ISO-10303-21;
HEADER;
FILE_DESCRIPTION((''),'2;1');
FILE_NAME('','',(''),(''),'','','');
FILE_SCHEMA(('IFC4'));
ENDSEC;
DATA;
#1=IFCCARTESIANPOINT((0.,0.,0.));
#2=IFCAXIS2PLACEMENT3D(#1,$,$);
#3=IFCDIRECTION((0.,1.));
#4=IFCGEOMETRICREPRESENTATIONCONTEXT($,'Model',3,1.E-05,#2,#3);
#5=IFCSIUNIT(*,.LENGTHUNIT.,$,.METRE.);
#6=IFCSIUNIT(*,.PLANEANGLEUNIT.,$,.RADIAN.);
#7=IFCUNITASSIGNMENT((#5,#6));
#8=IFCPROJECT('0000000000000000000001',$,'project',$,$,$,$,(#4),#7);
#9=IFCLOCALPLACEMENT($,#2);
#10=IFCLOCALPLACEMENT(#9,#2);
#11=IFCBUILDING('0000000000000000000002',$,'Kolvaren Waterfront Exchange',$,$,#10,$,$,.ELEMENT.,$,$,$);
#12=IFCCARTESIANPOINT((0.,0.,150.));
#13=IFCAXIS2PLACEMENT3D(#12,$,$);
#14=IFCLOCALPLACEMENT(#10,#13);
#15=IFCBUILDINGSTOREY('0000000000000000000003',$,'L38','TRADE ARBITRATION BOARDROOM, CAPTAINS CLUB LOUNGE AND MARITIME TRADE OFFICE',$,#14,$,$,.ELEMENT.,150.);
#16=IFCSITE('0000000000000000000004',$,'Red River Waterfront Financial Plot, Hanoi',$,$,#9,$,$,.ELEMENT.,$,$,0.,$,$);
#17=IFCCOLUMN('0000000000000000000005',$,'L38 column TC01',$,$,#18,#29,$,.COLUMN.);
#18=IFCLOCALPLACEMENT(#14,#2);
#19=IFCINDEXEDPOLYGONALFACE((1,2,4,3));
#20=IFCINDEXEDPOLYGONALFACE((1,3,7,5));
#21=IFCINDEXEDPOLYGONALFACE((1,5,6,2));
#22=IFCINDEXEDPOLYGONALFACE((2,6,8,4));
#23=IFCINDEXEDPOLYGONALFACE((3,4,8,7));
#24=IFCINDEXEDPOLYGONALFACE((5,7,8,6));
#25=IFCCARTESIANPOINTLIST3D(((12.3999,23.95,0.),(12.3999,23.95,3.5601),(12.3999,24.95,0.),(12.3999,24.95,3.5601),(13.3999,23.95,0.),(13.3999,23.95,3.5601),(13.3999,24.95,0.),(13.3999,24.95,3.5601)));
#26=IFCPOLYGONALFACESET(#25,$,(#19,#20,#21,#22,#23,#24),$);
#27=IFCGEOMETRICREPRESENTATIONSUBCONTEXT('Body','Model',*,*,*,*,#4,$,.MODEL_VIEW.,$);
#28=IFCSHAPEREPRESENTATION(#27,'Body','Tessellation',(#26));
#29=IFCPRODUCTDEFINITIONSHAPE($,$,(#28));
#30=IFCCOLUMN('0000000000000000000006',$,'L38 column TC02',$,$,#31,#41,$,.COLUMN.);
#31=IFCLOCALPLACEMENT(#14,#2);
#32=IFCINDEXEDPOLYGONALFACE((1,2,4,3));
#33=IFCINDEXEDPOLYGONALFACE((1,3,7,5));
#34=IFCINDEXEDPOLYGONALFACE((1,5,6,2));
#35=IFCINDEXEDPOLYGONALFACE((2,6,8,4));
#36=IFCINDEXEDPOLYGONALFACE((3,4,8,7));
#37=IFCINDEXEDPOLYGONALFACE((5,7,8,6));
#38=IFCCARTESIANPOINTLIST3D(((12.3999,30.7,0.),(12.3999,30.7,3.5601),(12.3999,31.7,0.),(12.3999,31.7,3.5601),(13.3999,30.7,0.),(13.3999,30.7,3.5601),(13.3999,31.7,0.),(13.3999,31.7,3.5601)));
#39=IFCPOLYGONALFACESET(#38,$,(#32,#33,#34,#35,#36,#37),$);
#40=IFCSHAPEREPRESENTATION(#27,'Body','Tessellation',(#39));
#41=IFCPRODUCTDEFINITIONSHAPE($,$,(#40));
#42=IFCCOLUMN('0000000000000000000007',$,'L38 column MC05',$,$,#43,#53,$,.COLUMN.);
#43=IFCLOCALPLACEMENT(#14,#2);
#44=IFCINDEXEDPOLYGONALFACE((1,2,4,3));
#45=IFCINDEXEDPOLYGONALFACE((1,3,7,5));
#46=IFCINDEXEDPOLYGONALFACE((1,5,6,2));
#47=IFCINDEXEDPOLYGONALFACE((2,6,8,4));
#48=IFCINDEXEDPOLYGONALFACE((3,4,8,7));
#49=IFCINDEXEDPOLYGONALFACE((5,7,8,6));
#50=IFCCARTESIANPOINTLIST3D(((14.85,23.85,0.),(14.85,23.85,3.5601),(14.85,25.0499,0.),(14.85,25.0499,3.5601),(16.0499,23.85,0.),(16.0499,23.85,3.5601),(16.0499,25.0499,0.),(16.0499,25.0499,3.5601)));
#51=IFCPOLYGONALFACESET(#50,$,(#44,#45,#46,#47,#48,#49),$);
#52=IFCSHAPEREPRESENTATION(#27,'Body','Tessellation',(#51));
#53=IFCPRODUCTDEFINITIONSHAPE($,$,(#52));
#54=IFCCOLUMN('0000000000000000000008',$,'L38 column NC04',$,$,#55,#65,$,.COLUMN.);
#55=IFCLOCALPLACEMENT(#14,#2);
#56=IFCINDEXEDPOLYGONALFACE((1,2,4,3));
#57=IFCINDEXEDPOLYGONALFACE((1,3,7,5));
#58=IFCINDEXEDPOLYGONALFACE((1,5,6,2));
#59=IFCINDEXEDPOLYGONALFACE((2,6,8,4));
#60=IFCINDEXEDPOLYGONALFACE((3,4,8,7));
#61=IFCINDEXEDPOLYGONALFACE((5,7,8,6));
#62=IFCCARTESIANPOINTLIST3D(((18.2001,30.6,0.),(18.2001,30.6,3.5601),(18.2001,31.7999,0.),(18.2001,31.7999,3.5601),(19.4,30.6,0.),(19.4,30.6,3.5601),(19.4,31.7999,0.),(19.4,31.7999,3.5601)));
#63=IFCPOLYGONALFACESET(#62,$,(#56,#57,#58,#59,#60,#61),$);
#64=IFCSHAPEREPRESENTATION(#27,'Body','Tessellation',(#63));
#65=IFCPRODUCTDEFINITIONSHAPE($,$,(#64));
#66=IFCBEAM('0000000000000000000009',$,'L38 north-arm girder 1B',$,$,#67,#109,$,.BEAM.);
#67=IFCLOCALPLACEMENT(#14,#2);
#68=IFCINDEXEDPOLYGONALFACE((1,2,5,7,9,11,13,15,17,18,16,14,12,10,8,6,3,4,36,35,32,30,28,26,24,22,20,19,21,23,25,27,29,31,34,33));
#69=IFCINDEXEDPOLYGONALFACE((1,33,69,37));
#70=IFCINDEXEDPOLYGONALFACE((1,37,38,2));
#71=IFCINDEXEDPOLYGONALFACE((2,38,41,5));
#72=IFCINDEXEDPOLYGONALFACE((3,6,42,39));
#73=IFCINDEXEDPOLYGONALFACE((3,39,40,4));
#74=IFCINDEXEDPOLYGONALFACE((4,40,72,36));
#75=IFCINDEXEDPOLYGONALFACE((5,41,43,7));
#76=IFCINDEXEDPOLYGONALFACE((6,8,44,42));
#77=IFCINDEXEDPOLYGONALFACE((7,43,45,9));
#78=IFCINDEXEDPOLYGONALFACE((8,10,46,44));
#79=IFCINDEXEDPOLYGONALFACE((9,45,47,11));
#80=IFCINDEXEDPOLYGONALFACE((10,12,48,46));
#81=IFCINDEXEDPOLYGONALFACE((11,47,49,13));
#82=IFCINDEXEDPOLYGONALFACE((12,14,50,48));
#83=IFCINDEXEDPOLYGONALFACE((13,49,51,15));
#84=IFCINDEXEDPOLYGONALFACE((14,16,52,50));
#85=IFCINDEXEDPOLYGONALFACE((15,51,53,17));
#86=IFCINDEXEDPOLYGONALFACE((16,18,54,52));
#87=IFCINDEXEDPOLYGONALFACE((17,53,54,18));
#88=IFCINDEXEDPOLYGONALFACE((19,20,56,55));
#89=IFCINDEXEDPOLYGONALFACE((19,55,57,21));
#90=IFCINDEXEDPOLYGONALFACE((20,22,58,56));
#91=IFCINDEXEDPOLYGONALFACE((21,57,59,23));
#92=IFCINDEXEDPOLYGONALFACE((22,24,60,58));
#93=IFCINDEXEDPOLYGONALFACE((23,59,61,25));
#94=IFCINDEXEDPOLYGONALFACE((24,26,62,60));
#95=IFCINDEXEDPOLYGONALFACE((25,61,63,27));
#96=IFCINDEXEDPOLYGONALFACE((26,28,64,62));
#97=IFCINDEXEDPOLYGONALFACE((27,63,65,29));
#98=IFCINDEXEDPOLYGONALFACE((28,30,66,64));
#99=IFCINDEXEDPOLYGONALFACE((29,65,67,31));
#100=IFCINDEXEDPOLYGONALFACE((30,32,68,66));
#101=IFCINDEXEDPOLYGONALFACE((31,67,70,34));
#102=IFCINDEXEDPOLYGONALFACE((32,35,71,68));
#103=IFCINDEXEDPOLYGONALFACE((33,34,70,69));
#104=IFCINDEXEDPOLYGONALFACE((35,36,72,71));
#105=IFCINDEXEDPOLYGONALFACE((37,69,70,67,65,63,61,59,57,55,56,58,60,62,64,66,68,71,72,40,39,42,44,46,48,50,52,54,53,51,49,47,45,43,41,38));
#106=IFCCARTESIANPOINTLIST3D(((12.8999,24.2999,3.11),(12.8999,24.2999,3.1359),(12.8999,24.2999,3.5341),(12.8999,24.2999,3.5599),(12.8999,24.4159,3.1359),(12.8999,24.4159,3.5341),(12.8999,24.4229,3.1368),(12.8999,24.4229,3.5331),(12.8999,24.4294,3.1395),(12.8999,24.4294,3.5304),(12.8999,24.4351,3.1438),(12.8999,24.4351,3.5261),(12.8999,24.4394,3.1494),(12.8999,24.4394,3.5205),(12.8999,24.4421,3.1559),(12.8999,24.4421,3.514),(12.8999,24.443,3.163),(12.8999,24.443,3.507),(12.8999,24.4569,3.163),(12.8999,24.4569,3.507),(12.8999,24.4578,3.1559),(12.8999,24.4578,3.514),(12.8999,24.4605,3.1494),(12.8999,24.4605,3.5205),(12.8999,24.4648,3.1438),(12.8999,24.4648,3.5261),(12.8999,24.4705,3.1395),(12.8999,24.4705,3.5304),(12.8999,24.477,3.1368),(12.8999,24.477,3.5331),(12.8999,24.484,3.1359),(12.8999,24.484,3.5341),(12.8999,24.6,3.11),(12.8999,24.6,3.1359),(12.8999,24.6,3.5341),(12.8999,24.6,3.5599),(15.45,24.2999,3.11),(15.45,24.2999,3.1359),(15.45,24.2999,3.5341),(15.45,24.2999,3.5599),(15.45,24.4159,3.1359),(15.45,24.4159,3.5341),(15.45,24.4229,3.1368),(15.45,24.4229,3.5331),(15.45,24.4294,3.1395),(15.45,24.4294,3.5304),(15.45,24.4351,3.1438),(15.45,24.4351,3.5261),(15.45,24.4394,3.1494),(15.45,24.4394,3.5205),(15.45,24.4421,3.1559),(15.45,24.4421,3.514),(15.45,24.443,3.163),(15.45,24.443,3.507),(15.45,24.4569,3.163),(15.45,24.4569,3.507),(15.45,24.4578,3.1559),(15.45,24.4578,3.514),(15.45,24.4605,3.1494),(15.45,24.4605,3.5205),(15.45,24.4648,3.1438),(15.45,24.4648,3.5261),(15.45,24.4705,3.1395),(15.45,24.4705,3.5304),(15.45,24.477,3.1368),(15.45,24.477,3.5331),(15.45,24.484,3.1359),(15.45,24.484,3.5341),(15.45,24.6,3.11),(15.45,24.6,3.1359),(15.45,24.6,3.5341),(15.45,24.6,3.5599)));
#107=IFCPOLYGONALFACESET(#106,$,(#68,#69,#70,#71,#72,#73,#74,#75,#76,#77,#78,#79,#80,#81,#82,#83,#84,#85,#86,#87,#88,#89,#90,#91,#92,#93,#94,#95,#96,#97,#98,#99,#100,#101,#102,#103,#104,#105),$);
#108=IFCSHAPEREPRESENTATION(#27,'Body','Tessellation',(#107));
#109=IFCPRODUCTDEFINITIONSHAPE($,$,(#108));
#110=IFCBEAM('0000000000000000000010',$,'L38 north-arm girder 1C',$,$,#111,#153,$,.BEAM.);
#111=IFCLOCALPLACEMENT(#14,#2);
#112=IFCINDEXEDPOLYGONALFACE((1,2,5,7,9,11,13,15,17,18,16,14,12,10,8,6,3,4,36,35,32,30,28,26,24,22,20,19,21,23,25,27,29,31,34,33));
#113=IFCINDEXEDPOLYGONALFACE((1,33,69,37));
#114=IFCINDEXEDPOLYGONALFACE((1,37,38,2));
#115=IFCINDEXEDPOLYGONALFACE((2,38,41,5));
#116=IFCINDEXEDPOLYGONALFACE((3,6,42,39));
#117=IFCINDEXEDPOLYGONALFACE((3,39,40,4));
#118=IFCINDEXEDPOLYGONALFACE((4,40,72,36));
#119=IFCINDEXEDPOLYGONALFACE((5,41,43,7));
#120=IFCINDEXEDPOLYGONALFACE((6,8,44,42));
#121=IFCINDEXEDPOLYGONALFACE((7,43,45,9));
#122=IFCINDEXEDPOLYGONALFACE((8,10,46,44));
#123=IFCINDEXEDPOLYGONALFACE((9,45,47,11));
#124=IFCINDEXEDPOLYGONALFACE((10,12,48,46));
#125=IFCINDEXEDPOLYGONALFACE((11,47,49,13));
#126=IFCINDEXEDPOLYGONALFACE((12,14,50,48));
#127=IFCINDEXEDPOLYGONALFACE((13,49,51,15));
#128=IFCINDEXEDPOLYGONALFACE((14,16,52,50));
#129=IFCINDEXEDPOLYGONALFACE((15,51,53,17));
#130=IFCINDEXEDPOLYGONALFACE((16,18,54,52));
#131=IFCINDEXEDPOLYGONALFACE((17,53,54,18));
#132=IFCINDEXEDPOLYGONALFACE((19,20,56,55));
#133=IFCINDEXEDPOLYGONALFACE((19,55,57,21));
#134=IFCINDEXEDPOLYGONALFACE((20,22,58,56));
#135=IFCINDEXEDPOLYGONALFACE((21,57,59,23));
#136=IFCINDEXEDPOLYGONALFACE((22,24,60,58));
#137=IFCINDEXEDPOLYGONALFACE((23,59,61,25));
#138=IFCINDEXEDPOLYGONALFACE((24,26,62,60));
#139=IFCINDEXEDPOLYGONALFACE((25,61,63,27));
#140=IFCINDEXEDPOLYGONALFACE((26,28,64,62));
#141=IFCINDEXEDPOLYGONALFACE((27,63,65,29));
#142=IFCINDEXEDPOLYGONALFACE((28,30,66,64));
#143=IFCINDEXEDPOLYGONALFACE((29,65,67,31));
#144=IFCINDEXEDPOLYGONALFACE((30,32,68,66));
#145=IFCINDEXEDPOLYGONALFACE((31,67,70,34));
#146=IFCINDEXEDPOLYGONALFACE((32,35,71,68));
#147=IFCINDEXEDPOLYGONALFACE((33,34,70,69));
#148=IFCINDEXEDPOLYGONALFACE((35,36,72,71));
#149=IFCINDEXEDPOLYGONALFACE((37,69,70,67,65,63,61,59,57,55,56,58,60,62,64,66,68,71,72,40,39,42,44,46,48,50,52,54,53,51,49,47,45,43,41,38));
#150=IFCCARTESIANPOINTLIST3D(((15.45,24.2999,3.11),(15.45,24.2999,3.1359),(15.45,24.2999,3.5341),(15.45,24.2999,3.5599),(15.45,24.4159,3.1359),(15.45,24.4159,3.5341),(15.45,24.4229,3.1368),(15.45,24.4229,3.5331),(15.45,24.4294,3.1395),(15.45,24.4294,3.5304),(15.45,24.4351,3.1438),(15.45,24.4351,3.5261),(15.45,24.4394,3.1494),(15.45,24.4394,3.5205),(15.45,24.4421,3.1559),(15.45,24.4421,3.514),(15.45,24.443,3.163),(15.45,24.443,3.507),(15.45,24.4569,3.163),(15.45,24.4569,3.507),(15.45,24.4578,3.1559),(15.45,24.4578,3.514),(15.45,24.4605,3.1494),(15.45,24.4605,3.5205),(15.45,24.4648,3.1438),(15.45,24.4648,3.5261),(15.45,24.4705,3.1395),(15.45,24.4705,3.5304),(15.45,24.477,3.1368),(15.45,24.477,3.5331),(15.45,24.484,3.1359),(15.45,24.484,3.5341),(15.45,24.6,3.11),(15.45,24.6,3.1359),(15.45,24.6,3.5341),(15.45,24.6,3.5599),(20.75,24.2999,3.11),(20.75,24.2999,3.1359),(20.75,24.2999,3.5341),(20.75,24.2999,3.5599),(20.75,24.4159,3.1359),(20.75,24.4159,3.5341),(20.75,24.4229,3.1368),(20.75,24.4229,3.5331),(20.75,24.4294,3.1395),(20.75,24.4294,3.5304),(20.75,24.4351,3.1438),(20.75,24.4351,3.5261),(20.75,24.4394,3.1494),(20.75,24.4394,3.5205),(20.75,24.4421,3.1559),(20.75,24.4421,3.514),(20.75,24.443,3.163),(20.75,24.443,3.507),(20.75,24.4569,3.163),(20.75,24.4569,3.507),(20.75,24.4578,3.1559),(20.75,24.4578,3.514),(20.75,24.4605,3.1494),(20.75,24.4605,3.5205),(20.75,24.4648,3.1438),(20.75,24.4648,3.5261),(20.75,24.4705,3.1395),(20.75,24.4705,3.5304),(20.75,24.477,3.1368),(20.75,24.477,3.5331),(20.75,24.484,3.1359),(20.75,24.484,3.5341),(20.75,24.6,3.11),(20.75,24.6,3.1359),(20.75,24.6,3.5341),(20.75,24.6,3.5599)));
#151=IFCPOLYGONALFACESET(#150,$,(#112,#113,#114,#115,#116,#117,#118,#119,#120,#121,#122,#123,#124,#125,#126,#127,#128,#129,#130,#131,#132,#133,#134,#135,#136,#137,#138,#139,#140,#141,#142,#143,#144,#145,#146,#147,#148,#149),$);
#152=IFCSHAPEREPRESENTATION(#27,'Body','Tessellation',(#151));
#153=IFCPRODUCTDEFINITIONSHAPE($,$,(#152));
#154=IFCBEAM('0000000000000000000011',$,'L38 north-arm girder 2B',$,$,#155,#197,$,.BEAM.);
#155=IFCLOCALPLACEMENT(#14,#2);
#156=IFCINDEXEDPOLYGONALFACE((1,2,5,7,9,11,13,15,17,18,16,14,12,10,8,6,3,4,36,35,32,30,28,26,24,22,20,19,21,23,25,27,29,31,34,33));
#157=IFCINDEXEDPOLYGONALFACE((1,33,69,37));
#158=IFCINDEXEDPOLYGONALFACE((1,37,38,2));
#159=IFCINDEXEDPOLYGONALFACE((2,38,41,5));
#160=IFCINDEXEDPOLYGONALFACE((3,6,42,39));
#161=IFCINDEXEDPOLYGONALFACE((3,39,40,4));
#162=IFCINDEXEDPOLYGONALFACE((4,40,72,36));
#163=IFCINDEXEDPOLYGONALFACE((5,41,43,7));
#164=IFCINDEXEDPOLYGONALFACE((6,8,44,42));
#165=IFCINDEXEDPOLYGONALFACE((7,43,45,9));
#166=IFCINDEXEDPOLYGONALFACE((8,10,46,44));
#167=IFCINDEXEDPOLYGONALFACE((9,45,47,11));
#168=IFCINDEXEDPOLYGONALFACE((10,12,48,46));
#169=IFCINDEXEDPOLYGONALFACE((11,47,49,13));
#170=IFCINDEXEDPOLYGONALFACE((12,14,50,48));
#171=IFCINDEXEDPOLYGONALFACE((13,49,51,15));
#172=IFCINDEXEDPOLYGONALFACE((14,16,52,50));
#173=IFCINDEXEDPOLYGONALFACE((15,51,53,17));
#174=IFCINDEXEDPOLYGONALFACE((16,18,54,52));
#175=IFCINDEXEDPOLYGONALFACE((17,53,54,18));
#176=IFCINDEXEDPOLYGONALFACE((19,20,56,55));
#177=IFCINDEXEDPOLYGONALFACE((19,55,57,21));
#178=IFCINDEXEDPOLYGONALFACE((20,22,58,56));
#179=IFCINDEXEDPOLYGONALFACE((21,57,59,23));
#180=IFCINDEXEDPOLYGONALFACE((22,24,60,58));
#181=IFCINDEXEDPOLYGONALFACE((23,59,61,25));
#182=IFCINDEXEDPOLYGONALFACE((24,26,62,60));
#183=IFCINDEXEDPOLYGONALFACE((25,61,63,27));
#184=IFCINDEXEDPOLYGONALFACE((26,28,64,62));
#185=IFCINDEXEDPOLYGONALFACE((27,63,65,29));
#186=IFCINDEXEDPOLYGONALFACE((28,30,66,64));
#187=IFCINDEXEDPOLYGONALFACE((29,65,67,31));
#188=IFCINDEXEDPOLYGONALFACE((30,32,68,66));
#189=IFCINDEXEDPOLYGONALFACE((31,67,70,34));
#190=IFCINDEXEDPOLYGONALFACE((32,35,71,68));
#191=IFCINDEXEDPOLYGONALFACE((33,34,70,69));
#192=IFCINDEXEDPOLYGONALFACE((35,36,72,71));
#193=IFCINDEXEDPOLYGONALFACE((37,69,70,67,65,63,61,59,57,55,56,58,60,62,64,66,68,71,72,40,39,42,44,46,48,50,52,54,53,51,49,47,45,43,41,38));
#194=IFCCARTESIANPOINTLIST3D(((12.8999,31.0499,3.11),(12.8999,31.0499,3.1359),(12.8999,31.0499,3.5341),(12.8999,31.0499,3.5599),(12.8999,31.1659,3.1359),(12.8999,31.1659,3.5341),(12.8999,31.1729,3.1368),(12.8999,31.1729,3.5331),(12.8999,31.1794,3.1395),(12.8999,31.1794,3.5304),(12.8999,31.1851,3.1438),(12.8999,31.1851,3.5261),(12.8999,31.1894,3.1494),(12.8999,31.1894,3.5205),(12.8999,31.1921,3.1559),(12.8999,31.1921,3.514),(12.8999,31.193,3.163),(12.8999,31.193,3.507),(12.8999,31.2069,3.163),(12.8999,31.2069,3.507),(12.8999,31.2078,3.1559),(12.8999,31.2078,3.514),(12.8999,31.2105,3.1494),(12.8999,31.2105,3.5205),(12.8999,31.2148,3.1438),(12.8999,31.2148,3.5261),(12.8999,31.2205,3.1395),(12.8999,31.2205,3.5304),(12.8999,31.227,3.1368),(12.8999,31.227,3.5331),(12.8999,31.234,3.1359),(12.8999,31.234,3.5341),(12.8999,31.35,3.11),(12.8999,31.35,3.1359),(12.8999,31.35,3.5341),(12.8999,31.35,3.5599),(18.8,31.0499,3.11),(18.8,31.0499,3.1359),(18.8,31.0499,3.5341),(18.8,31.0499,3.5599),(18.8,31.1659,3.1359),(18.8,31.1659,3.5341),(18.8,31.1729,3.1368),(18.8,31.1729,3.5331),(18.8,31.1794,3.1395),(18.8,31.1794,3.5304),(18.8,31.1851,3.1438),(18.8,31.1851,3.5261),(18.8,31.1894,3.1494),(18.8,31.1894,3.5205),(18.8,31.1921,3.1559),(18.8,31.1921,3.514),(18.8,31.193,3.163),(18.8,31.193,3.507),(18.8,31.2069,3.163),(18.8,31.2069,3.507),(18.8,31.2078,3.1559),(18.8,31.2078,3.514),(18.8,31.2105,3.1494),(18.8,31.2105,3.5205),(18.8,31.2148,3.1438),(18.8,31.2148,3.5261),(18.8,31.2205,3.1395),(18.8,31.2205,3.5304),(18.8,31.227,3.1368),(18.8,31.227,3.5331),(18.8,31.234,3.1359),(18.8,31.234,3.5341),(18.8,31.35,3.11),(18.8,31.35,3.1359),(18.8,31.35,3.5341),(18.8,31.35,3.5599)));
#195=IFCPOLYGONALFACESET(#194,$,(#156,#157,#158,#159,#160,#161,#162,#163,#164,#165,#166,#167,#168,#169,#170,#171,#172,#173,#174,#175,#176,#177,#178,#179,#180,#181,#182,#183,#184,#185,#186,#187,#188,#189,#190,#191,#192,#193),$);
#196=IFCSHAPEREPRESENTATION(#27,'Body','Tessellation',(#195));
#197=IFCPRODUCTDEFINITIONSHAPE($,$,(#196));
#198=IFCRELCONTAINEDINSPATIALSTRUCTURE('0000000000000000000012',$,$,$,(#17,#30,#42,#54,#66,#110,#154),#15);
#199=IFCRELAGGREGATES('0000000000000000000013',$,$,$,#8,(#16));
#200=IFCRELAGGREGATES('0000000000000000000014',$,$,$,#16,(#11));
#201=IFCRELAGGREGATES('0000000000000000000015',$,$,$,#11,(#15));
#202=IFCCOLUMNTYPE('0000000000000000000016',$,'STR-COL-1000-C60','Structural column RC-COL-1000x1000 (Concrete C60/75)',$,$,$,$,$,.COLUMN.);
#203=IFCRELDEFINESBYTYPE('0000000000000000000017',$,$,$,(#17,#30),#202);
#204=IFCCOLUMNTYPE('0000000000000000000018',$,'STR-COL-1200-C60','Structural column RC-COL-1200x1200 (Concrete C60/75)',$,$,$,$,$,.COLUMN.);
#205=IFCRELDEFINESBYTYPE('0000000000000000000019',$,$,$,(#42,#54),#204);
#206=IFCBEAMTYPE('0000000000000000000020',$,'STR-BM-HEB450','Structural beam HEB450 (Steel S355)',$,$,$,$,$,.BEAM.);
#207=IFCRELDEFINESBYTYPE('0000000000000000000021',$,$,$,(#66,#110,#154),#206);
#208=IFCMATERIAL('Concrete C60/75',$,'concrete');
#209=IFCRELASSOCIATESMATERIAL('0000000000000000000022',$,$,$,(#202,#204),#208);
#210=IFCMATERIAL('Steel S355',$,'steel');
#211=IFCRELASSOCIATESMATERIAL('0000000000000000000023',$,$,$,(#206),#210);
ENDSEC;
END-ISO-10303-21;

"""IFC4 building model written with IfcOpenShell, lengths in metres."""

from ifc_helpers import new_model, si_unit, direction, frame, origin, origin_2d, place, context, subcontext, project, spatial, rectangle, i_section, extrude, material, material_profile, profile_set, type_object, element, save


model = new_model("IFC4")

# Units and contexts
model_context = context("Model", 3, precision=1e-05, world=origin(), true_north=direction((0.0, 1.0)))
body_context = subcontext(model_context, "Body", "Model", "MODEL_VIEW")
ifc_project = project(units=[si_unit("LENGTHUNIT", "METRE"), si_unit("PLANEANGLEUNIT", "RADIAN")], contexts=[model_context])

# Site, building, storey
site_placement = place(None, origin())
site = spatial("IfcSite", under=ifc_project, at=site_placement, Name="Red River Waterfront Financial Plot, Hanoi", CompositionType="ELEMENT", RefElevation=0.0)
building_placement = place(site_placement, origin())
building = spatial("IfcBuilding", under=site, at=building_placement, Name="Kolvaren Waterfront Exchange", CompositionType="ELEMENT")
storey_placement = place(building_placement, frame((0.0, 0.0, 150.0)))
storey = spatial("IfcBuildingStorey", under=building, at=storey_placement, Name="L38", Description="TRADE ARBITRATION BOARDROOM, CAPTAINS CLUB LOUNGE AND MARITIME TRADE OFFICE", CompositionType="ELEMENT", Elevation=150.0)

# Columns
ifc_material_1 = material(Name="Concrete C60/75", Category="concrete")
ifc_material_profile_1 = material_profile(ifc_material_1, rectangle(XDim=1.0, YDim=1.0, at=origin_2d()), Name="RC-COL-1000x1000")
ifc_profile_set_1 = profile_set([ifc_material_profile_1], Name="Concrete C60/75")
column_type_1 = type_object("IfcColumnType", Name="STR-COL-1000-C60", Description="Structural column RC-COL-1000x1000 (Concrete C60/75)", PredefinedType="COLUMN", material=ifc_profile_set_1)
for number, where, z_axis, x_axis, name in (
    (1, (12.8999, 24.45, 0.0), (0.0, 0.0, 1.0), (1.0, 0.0, 0.0), "L38 column TC01"),
    (2, (12.8999, 31.2, 0.0), (0.0, 0.0, 1.0), (1.0, 0.0, 0.0), "L38 column TC02"),
):
    element("IfcColumn", number, at=place(storey_placement, frame(where, z_axis=z_axis, x_axis=x_axis)), inside=storey, type_object=column_type_1, Name=name, PredefinedType="COLUMN", context=body_context, shape_type="SweptSolid", body=[
        extrude(rectangle(XDim=1.0, YDim=1.0, at=origin_2d()), origin(), (0.0, 0.0, 1.0), 3.5601),
    ])
ifc_material_profile_2 = material_profile(ifc_material_1, rectangle(XDim=1.2, YDim=1.2, at=origin_2d()), Name="RC-COL-1200x1200")
ifc_profile_set_2 = profile_set([ifc_material_profile_2], Name="Concrete C60/75")
column_type_2 = type_object("IfcColumnType", Name="STR-COL-1200-C60", Description="Structural column RC-COL-1200x1200 (Concrete C60/75)", PredefinedType="COLUMN", material=ifc_profile_set_2)
for number, where, z_axis, x_axis, name in (
    (3, (15.45, 24.45, 0.0), (0.0, 0.0, 1.0), (1.0, 0.0, 0.0), "L38 column MC05"),
    (4, (18.8, 31.2, 0.0), (0.0, 0.0, 1.0), (1.0, 0.0, 0.0), "L38 column NC04"),
):
    element("IfcColumn", number, at=place(storey_placement, frame(where, z_axis=z_axis, x_axis=x_axis)), inside=storey, type_object=column_type_2, Name=name, PredefinedType="COLUMN", context=body_context, shape_type="SweptSolid", body=[
        extrude(rectangle(XDim=1.2, YDim=1.2, at=origin_2d()), origin(), (0.0, 0.0, 1.0), 3.5601),
    ])

# Beams
ifc_material_2 = material(Name="Steel S355", Category="steel")
ifc_material_profile_3 = material_profile(ifc_material_2, i_section(OverallWidth=0.3, OverallDepth=0.45, WebThickness=0.0139, FlangeThickness=0.0259, FilletRadius=0.0271, at=origin_2d()), Name="HEB450")
ifc_profile_set_3 = profile_set([ifc_material_profile_3], Name="Steel S355")
beam_type_1 = type_object("IfcBeamType", Name="STR-BM-HEB450", Description="Structural beam HEB450 (Steel S355)", PredefinedType="BEAM", material=ifc_profile_set_3)
beam_1_placement = place(storey_placement, frame((12.8999, 24.45, 3.335), z_axis=(1.0, 0.0, 0.0), x_axis=(0.0, 1.0, 0.0)))
element("IfcBeam", 5, at=beam_1_placement, inside=storey, type_object=beam_type_1, Name="L38 north-arm girder 1B", PredefinedType="BEAM", context=body_context, shape_type="SweptSolid", body=[
    extrude(i_section(OverallWidth=0.3, OverallDepth=0.45, WebThickness=0.0139, FlangeThickness=0.0259, FilletRadius=0.0271, at=origin_2d()), origin(), (0.0, 0.0, 1.0), 2.55),
])
beam_2_placement = place(storey_placement, frame((15.45, 24.45, 3.335), z_axis=(1.0, 0.0, 0.0), x_axis=(0.0, 1.0, 0.0)))
element("IfcBeam", 6, at=beam_2_placement, inside=storey, type_object=beam_type_1, Name="L38 north-arm girder 1C", PredefinedType="BEAM", context=body_context, shape_type="SweptSolid", body=[
    extrude(i_section(OverallWidth=0.3, OverallDepth=0.45, WebThickness=0.0139, FlangeThickness=0.0259, FilletRadius=0.0271, at=origin_2d()), origin(), (0.0, 0.0, 1.0), 5.3),
])
beam_3_placement = place(storey_placement, frame((12.8999, 31.2, 3.335), z_axis=(1.0, 0.0, 0.0), x_axis=(0.0, 1.0, 0.0)))
element("IfcBeam", 7, at=beam_3_placement, inside=storey, type_object=beam_type_1, Name="L38 north-arm girder 2B", PredefinedType="BEAM", context=body_context, shape_type="SweptSolid", body=[
    extrude(i_section(OverallWidth=0.3, OverallDepth=0.45, WebThickness=0.0139, FlangeThickness=0.0259, FilletRadius=0.0271, at=origin_2d()), origin(), (0.0, 0.0, 1.0), 5.9001),
])

save(model, "model.ifc")
